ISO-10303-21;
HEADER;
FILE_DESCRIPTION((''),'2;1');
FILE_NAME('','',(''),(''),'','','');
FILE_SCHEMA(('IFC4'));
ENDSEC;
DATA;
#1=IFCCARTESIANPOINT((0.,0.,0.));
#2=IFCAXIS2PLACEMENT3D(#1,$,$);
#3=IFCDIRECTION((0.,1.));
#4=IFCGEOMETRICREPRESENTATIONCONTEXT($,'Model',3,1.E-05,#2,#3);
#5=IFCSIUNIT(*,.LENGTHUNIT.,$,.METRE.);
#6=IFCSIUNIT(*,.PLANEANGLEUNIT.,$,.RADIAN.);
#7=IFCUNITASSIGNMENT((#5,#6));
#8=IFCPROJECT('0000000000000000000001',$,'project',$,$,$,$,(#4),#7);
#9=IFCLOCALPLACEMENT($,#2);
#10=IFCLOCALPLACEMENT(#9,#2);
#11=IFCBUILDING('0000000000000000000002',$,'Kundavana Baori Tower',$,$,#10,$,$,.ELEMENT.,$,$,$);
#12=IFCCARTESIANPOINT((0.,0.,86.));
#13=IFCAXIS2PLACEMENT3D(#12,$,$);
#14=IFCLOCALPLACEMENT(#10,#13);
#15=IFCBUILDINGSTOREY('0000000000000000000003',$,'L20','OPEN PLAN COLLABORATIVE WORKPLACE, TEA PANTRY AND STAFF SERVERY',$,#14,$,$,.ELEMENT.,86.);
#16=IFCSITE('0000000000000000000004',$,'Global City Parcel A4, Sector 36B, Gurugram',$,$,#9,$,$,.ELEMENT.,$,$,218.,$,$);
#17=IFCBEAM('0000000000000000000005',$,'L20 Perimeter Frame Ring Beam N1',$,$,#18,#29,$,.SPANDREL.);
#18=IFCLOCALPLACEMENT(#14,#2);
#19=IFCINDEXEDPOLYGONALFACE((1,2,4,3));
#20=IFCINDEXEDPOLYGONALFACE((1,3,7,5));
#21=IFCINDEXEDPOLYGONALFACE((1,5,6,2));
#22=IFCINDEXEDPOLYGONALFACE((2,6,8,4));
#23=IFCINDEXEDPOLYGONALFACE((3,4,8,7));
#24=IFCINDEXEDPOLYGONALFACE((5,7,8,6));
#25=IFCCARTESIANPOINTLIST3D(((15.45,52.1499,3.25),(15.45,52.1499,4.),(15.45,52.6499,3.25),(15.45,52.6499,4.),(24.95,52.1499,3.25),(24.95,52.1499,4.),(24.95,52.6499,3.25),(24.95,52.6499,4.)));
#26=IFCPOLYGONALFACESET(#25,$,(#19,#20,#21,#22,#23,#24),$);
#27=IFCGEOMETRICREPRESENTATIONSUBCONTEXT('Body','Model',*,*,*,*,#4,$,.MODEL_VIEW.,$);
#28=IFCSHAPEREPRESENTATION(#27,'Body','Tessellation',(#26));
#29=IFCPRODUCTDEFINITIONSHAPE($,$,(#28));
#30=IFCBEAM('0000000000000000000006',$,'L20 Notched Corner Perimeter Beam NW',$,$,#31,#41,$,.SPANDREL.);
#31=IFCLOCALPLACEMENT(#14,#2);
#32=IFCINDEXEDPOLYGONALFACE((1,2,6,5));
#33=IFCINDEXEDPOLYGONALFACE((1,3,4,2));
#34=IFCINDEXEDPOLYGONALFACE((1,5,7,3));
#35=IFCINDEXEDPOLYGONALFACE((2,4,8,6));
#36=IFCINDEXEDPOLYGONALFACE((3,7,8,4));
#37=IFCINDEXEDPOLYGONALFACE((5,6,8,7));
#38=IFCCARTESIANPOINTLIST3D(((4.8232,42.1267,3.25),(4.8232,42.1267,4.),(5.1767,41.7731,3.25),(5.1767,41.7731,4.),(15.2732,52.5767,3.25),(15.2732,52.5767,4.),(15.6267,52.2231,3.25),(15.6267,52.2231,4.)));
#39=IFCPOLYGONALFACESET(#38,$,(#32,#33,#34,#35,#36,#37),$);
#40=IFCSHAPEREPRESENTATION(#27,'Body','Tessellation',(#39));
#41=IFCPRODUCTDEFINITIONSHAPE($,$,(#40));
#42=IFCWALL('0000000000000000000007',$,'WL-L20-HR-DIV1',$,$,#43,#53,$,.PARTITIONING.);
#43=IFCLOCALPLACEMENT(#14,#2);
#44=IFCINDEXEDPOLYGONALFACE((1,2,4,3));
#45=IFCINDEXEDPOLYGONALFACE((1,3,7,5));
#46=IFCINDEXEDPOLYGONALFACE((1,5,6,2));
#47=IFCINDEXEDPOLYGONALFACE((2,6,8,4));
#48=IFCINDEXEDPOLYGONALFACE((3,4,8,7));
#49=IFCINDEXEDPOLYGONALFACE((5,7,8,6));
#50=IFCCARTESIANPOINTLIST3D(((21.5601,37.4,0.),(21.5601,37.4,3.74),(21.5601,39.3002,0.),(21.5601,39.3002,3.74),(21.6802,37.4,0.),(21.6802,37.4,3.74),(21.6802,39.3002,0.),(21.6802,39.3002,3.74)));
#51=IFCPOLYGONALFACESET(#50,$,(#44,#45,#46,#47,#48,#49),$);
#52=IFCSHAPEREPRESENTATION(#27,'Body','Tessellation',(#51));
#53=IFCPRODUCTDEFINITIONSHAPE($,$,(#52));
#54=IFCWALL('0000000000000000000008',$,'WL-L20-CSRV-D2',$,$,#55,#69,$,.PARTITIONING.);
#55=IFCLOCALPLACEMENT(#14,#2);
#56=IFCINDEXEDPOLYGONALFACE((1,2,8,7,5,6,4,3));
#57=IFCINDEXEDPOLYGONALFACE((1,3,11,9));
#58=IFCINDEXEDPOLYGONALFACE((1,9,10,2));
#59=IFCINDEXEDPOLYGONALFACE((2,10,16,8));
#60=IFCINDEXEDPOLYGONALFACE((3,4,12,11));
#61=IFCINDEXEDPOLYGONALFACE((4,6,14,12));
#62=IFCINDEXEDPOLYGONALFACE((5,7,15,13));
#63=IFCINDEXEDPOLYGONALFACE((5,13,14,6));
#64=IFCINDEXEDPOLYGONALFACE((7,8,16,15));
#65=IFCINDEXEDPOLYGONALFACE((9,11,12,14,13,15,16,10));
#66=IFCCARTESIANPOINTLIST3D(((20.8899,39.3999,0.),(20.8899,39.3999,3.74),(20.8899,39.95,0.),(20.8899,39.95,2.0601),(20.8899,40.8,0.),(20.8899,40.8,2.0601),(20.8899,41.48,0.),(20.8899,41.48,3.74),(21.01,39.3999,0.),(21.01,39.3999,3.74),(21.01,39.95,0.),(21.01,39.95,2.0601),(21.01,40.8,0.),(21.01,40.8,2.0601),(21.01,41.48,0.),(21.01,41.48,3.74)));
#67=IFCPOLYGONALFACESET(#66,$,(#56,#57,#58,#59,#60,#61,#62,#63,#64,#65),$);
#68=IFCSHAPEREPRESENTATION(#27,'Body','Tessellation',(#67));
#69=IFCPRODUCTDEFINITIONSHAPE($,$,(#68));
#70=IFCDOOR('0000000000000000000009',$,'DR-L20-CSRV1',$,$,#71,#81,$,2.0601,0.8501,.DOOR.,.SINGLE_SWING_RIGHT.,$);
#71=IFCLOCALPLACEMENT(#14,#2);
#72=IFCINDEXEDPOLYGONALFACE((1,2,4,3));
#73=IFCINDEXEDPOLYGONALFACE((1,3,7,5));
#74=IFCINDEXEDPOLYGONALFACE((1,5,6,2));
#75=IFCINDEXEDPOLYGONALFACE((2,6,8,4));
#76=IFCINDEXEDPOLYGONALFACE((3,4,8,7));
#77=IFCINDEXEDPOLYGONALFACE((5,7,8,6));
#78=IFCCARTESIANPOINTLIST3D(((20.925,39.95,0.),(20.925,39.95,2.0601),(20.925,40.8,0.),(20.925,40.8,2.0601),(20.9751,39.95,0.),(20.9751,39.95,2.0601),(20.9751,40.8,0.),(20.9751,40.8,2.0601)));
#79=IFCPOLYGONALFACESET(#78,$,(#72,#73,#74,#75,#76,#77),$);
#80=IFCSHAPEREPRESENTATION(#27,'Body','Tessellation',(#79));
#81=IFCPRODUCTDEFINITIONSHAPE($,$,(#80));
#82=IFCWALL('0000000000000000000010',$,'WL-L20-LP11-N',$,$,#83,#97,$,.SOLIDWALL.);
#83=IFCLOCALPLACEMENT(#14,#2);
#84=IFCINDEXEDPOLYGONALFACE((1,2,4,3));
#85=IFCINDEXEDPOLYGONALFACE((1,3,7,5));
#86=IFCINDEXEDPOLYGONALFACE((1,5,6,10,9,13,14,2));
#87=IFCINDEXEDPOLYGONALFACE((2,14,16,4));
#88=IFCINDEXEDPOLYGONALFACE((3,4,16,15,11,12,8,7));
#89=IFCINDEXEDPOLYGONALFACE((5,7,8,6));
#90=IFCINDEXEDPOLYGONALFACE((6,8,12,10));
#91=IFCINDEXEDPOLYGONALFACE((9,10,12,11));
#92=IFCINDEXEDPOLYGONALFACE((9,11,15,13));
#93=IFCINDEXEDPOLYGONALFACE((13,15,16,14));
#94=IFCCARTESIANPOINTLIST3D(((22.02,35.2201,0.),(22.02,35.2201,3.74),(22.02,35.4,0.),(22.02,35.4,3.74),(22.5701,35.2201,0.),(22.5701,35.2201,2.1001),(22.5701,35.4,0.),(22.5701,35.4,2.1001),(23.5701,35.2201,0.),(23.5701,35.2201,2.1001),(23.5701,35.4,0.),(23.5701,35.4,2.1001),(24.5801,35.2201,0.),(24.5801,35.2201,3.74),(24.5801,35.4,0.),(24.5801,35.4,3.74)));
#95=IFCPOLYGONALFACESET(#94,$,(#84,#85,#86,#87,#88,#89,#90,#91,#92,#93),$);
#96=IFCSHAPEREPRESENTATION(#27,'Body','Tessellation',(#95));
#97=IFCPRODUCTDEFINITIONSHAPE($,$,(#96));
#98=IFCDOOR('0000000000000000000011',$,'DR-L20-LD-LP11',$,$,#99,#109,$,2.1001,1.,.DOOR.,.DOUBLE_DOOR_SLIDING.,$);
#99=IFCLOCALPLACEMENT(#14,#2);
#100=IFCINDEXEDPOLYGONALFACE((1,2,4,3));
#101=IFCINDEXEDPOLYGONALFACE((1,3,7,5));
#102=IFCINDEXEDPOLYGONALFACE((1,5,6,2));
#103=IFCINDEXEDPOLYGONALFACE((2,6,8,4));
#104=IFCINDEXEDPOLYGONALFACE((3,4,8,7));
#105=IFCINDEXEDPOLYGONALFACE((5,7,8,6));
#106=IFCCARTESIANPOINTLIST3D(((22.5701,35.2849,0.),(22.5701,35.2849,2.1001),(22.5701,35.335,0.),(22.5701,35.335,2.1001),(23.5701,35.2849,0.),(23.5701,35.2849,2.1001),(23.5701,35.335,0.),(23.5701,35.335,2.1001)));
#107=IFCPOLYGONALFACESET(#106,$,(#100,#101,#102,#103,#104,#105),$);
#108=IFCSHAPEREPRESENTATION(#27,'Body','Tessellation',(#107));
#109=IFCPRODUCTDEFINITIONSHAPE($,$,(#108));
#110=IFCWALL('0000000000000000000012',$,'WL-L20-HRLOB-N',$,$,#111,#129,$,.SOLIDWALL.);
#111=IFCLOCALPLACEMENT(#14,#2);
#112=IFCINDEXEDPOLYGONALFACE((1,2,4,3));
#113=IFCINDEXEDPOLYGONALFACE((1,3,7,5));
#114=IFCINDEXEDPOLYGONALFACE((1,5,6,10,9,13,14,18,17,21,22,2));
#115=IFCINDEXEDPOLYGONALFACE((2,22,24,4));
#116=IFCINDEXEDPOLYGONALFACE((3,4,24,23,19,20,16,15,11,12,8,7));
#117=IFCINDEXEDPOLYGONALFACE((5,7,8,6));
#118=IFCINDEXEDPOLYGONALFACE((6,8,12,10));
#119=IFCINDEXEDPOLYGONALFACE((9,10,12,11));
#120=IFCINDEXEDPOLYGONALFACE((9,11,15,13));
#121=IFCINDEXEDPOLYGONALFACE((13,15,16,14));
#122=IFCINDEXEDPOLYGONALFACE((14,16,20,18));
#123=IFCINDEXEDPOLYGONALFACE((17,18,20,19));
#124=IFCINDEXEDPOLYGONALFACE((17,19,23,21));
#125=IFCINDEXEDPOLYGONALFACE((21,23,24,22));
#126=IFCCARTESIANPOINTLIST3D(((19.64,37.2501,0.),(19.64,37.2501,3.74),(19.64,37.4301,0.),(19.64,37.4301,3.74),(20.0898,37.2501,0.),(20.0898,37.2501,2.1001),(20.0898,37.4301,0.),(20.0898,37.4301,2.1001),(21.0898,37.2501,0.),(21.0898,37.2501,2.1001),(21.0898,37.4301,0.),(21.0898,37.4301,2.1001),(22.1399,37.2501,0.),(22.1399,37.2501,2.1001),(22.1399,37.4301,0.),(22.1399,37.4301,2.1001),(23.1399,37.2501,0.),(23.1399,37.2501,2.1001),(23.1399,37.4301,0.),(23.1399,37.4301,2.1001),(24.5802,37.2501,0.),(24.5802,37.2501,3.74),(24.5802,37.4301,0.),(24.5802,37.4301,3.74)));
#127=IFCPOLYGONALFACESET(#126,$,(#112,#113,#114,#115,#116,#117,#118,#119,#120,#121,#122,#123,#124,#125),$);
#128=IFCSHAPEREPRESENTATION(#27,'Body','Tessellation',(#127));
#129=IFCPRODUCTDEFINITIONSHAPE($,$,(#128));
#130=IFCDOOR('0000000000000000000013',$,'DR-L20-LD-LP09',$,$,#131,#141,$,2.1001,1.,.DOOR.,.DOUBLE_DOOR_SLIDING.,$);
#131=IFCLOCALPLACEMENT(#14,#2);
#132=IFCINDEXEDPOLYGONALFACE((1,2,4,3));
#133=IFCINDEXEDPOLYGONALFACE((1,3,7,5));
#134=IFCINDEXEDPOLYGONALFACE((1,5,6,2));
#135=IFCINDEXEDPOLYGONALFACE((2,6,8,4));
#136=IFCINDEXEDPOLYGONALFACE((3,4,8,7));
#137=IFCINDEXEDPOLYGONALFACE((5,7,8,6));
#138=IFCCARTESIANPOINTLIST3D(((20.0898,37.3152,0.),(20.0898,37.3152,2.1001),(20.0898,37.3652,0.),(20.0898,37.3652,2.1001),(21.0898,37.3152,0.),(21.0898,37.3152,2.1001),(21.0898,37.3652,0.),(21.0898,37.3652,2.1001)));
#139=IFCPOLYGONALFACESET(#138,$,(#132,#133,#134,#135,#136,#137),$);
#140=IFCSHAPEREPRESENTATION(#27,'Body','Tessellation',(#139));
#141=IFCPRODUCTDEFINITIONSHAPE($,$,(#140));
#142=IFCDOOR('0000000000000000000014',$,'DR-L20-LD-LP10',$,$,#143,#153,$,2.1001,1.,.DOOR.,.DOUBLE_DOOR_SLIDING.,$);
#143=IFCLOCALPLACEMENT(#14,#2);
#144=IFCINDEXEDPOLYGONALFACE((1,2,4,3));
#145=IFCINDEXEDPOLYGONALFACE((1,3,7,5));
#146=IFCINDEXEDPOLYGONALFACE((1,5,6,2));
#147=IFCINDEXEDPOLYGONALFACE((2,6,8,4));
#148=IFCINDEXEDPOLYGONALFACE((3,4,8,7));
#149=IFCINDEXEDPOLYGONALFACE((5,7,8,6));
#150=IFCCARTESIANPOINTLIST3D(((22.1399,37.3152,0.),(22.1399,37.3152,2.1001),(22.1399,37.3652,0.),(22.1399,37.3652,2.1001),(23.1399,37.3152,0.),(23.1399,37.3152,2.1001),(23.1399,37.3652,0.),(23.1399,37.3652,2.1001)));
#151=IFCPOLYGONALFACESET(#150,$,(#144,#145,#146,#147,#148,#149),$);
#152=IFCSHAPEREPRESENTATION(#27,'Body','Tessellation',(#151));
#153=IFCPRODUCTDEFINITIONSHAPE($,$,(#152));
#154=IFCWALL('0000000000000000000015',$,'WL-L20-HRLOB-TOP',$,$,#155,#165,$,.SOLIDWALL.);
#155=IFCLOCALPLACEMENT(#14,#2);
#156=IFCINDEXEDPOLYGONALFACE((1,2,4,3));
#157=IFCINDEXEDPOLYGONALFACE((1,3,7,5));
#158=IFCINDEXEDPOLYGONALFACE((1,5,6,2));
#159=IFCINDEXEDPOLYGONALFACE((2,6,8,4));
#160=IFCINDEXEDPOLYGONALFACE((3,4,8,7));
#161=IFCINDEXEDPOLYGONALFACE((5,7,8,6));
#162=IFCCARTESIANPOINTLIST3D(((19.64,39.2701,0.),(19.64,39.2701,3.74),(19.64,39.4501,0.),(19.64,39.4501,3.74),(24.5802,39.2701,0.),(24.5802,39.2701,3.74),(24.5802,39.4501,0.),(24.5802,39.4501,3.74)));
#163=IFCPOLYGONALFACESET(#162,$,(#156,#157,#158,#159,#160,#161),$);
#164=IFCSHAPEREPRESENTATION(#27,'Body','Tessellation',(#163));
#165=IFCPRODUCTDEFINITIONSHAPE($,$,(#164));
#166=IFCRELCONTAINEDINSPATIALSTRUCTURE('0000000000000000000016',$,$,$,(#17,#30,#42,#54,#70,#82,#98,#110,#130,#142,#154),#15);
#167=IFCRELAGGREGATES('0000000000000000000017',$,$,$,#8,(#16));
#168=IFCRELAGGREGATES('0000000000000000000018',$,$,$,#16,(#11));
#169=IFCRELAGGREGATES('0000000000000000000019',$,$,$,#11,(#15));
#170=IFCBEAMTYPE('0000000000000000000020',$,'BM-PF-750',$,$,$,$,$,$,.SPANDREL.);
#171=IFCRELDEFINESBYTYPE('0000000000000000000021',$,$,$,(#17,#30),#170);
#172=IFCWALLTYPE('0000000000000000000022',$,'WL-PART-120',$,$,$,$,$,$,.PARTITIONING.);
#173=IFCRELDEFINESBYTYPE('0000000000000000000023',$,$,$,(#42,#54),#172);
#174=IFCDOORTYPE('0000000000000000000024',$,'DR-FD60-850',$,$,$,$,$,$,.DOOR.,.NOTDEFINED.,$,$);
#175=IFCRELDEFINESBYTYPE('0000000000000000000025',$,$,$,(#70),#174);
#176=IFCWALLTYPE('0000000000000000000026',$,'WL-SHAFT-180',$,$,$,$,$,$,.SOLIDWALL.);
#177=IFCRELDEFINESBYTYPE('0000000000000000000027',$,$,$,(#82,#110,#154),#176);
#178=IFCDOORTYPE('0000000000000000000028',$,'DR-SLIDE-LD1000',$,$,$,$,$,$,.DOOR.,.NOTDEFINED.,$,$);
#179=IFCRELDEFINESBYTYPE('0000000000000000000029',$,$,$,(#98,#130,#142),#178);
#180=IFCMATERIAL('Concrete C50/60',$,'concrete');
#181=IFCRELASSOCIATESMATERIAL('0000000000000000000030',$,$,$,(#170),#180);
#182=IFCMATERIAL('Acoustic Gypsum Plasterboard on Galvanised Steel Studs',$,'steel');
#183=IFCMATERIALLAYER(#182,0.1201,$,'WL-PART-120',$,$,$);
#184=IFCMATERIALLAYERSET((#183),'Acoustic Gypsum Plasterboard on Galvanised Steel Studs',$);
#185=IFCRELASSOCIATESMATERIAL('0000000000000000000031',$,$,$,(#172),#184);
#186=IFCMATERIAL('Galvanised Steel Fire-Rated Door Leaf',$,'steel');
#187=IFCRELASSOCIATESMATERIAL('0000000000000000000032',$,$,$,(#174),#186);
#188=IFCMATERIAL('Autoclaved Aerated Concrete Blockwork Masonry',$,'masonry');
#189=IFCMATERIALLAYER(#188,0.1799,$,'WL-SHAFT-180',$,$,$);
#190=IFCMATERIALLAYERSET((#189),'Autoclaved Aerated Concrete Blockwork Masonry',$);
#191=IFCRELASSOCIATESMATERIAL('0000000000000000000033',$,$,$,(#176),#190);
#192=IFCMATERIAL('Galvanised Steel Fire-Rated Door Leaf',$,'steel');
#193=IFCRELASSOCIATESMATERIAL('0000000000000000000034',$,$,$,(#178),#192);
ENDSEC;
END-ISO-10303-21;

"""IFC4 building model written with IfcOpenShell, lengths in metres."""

from ifc_helpers import new_model, si_unit, direction, frame, frame_2d, origin, origin_2d, place, context, subcontext, project, spatial, rectangle, extrude, material, layer, layer_set, material_profile, profile_set, type_object, element, fill, save


model = new_model("IFC4")

# Units and contexts
model_context = context("Model", 3, precision=1e-05, world=origin(), true_north=direction((0.0, 1.0)))
body_context = subcontext(model_context, "Body", "Model", "MODEL_VIEW")
ifc_project = project(units=[si_unit("LENGTHUNIT", "METRE"), si_unit("PLANEANGLEUNIT", "RADIAN")], contexts=[model_context])

# Site, building, storey
site_placement = place(None, origin())
site = spatial("IfcSite", under=ifc_project, at=site_placement, Name="Global City Parcel A4, Sector 36B, Gurugram", CompositionType="ELEMENT", RefElevation=218.0)
building_placement = place(site_placement, origin())
building = spatial("IfcBuilding", under=site, at=building_placement, Name="Kundavana Baori Tower", CompositionType="ELEMENT")
storey_placement = place(building_placement, frame((0.0, 0.0, 86.0)))
storey = spatial("IfcBuildingStorey", under=building, at=storey_placement, Name="L20", Description="OPEN PLAN COLLABORATIVE WORKPLACE, TEA PANTRY AND STAFF SERVERY", CompositionType="ELEMENT", Elevation=86.0)

# Beams
ifc_material_1 = material(Name="Concrete C50/60", Category="concrete")
ifc_material_profile = material_profile(ifc_material_1, rectangle(XDim=0.5, YDim=0.75, at=origin_2d()), Name="RC BM 500x750")
ifc_profile_set = profile_set([ifc_material_profile], Name="Concrete C50/60")
beam_type = type_object("IfcBeamType", Name="BM-PF-750", PredefinedType="SPANDREL", material=ifc_profile_set)
beam_1_placement = place(storey_placement, frame((15.45, 52.3999, 3.625), z_axis=(1.0, 0.0, 0.0), x_axis=(0.0, 1.0, 0.0)))
element("IfcBeam", 1, at=beam_1_placement, inside=storey, type_object=beam_type, Name="L20 Perimeter Frame Ring Beam N1", PredefinedType="SPANDREL", context=body_context, shape_type="SweptSolid", body=[
    extrude(rectangle(XDim=0.5, YDim=0.75, at=origin_2d()), origin(), (0.0, 0.0, 1.0), 9.5),
])
beam_2_placement = place(storey_placement, frame((15.45, 52.3999, 3.625), z_axis=(-0.707107, -0.707107, 0.0), x_axis=(0.707107, -0.707107, 0.0)))
element("IfcBeam", 2, at=beam_2_placement, inside=storey, type_object=beam_type, Name="L20 Notched Corner Perimeter Beam NW", PredefinedType="SPANDREL", context=body_context, shape_type="SweptSolid", body=[
    extrude(rectangle(XDim=0.5, YDim=0.75, at=origin_2d()), origin(), (0.0, 0.0, 1.0), 14.7786),
])

# Wall
ifc_material_2 = material(Name="Acoustic Gypsum Plasterboard on Galvanised Steel Studs", Category="steel")
ifc_layer_1 = layer(ifc_material_2, 0.1201, Name="WL-PART-120")
ifc_layer_set_1 = layer_set([ifc_layer_1], Name="Acoustic Gypsum Plasterboard on Galvanised Steel Studs")
wall_type_1 = type_object("IfcWallType", Name="WL-PART-120", PredefinedType="PARTITIONING", material=ifc_layer_set_1)
wall_1_placement = place(storey_placement, frame((21.6201, 37.3999, 0.0), z_axis=(0.0, 0.0, 1.0), x_axis=(0.0, 1.0, 0.0)))
element("IfcWall", 3, at=wall_1_placement, inside=storey, type_object=wall_type_1, Name="WL-L20-HR-DIV1", PredefinedType="PARTITIONING", context=body_context, shape_type="SweptSolid", body=[
    extrude(rectangle(XDim=1.9001, YDim=0.1201, at=frame_2d((0.9502, 0.0))), origin(), (0.0, 0.0, 1.0), 3.74),
])

# Walls, openings, doors
wall_2_placement = place(storey_placement, frame((20.95, 39.3999, 0.0), z_axis=(0.0, 0.0, 1.0), x_axis=(0.0, 1.0, 0.0)))
wall_2 = element("IfcWall", 4, at=wall_2_placement, inside=storey, type_object=wall_type_1, Name="WL-L20-CSRV-D2", PredefinedType="PARTITIONING", context=body_context, shape_type="SweptSolid", body=[
    extrude(rectangle(XDim=2.0801, YDim=0.1201, at=frame_2d((1.04, 0.0))), origin(), (0.0, 0.0, 1.0), 3.74),
])
opening_1_placement = place(wall_2_placement, frame((0.55, 0.0, 0.0)))
opening_1 = element("IfcOpeningElement", 5, at=opening_1_placement, cuts=wall_2, PredefinedType="OPENING", context=body_context, shape_type="SweptSolid", body=[
    extrude(rectangle(XDim=0.8501, YDim=2.0601, at=frame_2d((0.425, 1.03))), frame((0.0, 0.0701, 0.0), z_axis=(0.0, -1.0, 0.0), x_axis=(1.0, 0.0, 0.0)), (0.0, 0.0, 1.0), 0.1401),
])
ifc_material_3 = material(Name="Galvanised Steel Fire-Rated Door Leaf", Category="steel")
door_type_1 = type_object("IfcDoorType", Name="DR-FD60-850", OperationType="NOTDEFINED", PredefinedType="DOOR", material=ifc_material_3)
door_1_placement = place(opening_1_placement, origin())
door_1 = element("IfcDoor", 6, at=door_1_placement, inside=storey, type_object=door_type_1, Name="DR-L20-CSRV1", OperationType="SINGLE_SWING_RIGHT", OverallHeight=2.0601, OverallWidth=0.8501, PredefinedType="DOOR", context=body_context, shape_type="SweptSolid", body=[
    extrude(rectangle(XDim=0.8501, YDim=2.0601, at=frame_2d((0.425, 1.03))), frame((0.0, 0.0249, 0.0), z_axis=(0.0, -1.0, 0.0), x_axis=(1.0, 0.0, 0.0)), (0.0, 0.0, 1.0), 0.05),
])
fill(opening_1, door_1)
ifc_material_4 = material(Name="Autoclaved Aerated Concrete Blockwork Masonry", Category="masonry")
ifc_layer_2 = layer(ifc_material_4, 0.1799, Name="WL-SHAFT-180")
ifc_layer_set_2 = layer_set([ifc_layer_2], Name="Autoclaved Aerated Concrete Blockwork Masonry")
wall_type_2 = type_object("IfcWallType", Name="WL-SHAFT-180", PredefinedType="SOLIDWALL", material=ifc_layer_set_2)
wall_3_placement = place(storey_placement, frame((22.02, 35.3101, 0.0), z_axis=(0.0, 0.0, 1.0), x_axis=(1.0, 0.0, 0.0)))
wall_3 = element("IfcWall", 7, at=wall_3_placement, inside=storey, type_object=wall_type_2, Name="WL-L20-LP11-N", PredefinedType="SOLIDWALL", context=body_context, shape_type="SweptSolid", body=[
    extrude(rectangle(XDim=2.5601, YDim=0.1799, at=frame_2d((1.28, 0.0))), origin(), (0.0, 0.0, 1.0), 3.74),
])
opening_2_placement = place(wall_3_placement, frame((0.55, 0.0, 0.0)))
opening_2 = element("IfcOpeningElement", 8, at=opening_2_placement, cuts=wall_3, PredefinedType="OPENING", context=body_context, shape_type="SweptSolid", body=[
    extrude(rectangle(XDim=1.0, YDim=2.1001, at=frame_2d((0.5, 1.05))), frame((0.0, 0.1001, 0.0), z_axis=(0.0, -1.0, 0.0), x_axis=(1.0, 0.0, 0.0)), (0.0, 0.0, 1.0), 0.2),
])
ifc_material_5 = material(Name="Galvanised Steel Fire-Rated Door Leaf", Category="steel")
door_type_2 = type_object("IfcDoorType", Name="DR-SLIDE-LD1000", OperationType="NOTDEFINED", PredefinedType="DOOR", material=ifc_material_5)
door_2_placement = place(opening_2_placement, origin())
door_2 = element("IfcDoor", 9, at=door_2_placement, inside=storey, type_object=door_type_2, Name="DR-L20-LD-LP11", OperationType="DOUBLE_DOOR_SLIDING", OverallHeight=2.1001, OverallWidth=1.0, PredefinedType="DOOR", context=body_context, shape_type="SweptSolid", body=[
    extrude(rectangle(XDim=1.0, YDim=2.1001, at=frame_2d((0.5, 1.05))), frame((0.0, 0.0249, 0.0), z_axis=(0.0, -1.0, 0.0), x_axis=(1.0, 0.0, 0.0)), (0.0, 0.0, 1.0), 0.05),
])
fill(opening_2, door_2)

# Wall, openings, doors
wall_4_placement = place(storey_placement, frame((19.6399, 37.3401, 0.0), z_axis=(0.0, 0.0, 1.0), x_axis=(1.0, 0.0, 0.0)))
wall_4 = element("IfcWall", 10, at=wall_4_placement, inside=storey, type_object=wall_type_2, Name="WL-L20-HRLOB-N", PredefinedType="SOLIDWALL", context=body_context, shape_type="SweptSolid", body=[
    extrude(rectangle(XDim=4.9402, YDim=0.1799, at=frame_2d((2.4702, 0.0))), origin(), (0.0, 0.0, 1.0), 3.74),
])
opening_3_placement = place(wall_4_placement, frame((0.45, 0.0, 0.0)))
opening_3 = element("IfcOpeningElement", 11, at=opening_3_placement, cuts=wall_4, PredefinedType="OPENING", context=body_context, shape_type="SweptSolid", body=[
    extrude(rectangle(XDim=1.0, YDim=2.1001, at=frame_2d((0.5, 1.05))), frame((0.0, 0.1001, 0.0), z_axis=(0.0, -1.0, 0.0), x_axis=(1.0, 0.0, 0.0)), (0.0, 0.0, 1.0), 0.2),
])
opening_4_placement = place(wall_4_placement, frame((2.5, 0.0, 0.0)))
opening_4 = element("IfcOpeningElement", 12, at=opening_4_placement, cuts=wall_4, PredefinedType="OPENING", context=body_context, shape_type="SweptSolid", body=[
    extrude(rectangle(XDim=1.0, YDim=2.1001, at=frame_2d((0.5, 1.05))), frame((0.0, 0.1001, 0.0), z_axis=(0.0, -1.0, 0.0), x_axis=(1.0, 0.0, 0.0)), (0.0, 0.0, 1.0), 0.2),
])
door_3_placement = place(opening_3_placement, frame((1.0, 0.0, 0.0), z_axis=(0.0, 0.0, 1.0), x_axis=(-1.0, 0.0, 0.0)))
door_3 = element("IfcDoor", 13, at=door_3_placement, inside=storey, type_object=door_type_2, Name="DR-L20-LD-LP09", OperationType="DOUBLE_DOOR_SLIDING", OverallHeight=2.1001, OverallWidth=1.0, PredefinedType="DOOR", context=body_context, shape_type="SweptSolid", body=[
    extrude(rectangle(XDim=1.0, YDim=2.1001, at=frame_2d((0.5, 1.05))), frame((0.0, 0.0249, 0.0), z_axis=(0.0, -1.0, 0.0), x_axis=(1.0, 0.0, 0.0)), (0.0, 0.0, 1.0), 0.05),
])
fill(opening_3, door_3)
door_4_placement = place(opening_4_placement, frame((1.0, 0.0, 0.0), z_axis=(0.0, 0.0, 1.0), x_axis=(-1.0, 0.0, 0.0)))
door_4 = element("IfcDoor", 14, at=door_4_placement, inside=storey, type_object=door_type_2, Name="DR-L20-LD-LP10", OperationType="DOUBLE_DOOR_SLIDING", OverallHeight=2.1001, OverallWidth=1.0, PredefinedType="DOOR", context=body_context, shape_type="SweptSolid", body=[
    extrude(rectangle(XDim=1.0, YDim=2.1001, at=frame_2d((0.5, 1.05))), frame((0.0, 0.0249, 0.0), z_axis=(0.0, -1.0, 0.0), x_axis=(1.0, 0.0, 0.0)), (0.0, 0.0, 1.0), 0.05),
])
fill(opening_4, door_4)

# Wall
wall_5_placement = place(storey_placement, frame((19.6399, 39.3601, 0.0), z_axis=(0.0, 0.0, 1.0), x_axis=(1.0, 0.0, 0.0)))
element("IfcWall", 15, at=wall_5_placement, inside=storey, type_object=wall_type_2, Name="WL-L20-HRLOB-TOP", PredefinedType="SOLIDWALL", context=body_context, shape_type="SweptSolid", body=[
    extrude(rectangle(XDim=4.9402, YDim=0.1799, at=frame_2d((2.4702, 0.0))), origin(), (0.0, 0.0, 1.0), 3.74),
])

save(model, "model.ifc")
